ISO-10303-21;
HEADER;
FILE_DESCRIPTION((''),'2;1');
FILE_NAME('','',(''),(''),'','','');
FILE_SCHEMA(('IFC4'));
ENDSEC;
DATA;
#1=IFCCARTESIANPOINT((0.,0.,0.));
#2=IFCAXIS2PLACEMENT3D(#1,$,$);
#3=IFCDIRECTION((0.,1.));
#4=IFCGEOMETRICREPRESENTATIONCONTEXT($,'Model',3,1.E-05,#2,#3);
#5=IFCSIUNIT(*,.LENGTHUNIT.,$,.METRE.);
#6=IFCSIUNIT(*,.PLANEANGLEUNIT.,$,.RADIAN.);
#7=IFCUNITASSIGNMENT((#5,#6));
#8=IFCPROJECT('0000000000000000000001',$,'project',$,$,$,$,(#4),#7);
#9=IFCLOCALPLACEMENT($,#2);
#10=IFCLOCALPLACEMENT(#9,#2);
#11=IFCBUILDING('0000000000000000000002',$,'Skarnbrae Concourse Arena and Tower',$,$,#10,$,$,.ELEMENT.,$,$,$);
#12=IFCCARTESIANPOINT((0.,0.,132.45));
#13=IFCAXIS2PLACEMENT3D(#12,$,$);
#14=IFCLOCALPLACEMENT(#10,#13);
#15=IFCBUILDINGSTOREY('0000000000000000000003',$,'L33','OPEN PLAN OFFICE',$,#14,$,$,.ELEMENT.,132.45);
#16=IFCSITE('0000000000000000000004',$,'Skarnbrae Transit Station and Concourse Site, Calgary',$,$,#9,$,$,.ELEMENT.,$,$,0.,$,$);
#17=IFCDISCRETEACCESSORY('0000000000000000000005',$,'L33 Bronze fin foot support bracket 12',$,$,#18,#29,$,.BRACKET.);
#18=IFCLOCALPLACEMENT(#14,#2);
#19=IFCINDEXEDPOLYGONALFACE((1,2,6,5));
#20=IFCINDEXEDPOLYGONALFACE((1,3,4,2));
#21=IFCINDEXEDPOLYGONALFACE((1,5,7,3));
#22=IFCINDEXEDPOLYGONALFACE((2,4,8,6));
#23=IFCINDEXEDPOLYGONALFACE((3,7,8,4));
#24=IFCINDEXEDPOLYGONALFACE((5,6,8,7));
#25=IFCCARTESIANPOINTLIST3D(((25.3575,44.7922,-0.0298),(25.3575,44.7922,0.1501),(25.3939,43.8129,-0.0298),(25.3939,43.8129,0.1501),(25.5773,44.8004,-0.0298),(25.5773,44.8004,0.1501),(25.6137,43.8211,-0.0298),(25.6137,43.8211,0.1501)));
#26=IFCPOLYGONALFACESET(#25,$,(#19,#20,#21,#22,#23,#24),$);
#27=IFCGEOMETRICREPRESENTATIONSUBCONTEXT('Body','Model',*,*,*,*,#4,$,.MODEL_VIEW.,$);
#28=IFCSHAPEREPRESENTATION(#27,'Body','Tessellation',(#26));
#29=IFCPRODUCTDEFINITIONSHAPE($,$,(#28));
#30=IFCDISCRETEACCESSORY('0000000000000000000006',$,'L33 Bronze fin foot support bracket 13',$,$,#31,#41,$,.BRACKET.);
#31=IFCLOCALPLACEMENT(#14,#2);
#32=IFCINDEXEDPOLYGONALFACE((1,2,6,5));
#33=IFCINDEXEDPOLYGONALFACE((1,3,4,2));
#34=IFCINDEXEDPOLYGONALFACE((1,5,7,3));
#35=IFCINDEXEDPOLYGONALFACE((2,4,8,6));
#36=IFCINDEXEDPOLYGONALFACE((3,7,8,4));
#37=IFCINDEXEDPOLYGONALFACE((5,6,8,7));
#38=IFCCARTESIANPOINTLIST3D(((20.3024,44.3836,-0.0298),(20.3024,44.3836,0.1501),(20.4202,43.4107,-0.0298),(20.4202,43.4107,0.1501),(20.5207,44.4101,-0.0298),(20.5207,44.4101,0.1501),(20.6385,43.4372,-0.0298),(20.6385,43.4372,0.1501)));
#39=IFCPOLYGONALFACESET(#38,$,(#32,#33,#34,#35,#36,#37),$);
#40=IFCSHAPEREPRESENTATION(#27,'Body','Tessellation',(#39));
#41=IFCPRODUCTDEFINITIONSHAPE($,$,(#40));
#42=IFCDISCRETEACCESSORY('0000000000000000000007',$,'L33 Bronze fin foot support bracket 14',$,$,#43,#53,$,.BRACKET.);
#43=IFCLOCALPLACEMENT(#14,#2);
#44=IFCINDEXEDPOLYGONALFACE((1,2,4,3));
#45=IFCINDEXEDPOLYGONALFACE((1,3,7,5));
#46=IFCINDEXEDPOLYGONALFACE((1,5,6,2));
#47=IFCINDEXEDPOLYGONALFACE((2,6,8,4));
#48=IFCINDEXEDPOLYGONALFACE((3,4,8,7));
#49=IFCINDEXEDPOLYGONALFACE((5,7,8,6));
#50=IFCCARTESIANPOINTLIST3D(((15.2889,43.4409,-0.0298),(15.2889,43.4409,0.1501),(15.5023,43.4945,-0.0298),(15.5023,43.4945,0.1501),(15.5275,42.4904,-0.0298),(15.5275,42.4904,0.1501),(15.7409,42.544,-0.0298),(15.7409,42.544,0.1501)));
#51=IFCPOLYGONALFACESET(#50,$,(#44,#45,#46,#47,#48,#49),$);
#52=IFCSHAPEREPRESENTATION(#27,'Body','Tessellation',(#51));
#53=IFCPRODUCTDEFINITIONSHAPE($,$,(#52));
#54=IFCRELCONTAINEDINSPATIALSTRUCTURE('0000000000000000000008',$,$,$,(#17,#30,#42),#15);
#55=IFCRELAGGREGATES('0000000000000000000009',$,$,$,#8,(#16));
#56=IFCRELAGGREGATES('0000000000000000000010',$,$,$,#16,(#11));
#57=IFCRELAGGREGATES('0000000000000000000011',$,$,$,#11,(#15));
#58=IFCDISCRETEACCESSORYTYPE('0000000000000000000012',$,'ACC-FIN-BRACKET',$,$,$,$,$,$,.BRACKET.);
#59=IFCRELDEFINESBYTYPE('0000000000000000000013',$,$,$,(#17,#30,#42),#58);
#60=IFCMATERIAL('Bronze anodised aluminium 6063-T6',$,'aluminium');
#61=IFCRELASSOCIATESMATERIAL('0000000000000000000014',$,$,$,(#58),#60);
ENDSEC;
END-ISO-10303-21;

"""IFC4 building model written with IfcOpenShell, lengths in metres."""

from ifc_helpers import new_model, si_unit, direction, frame, origin, origin_2d, place, context, subcontext, project, spatial, rectangle, extrude, source, transform, mapped, material, type_object, element, save


model = new_model("IFC4")

# Units and contexts
model_context = context("Model", 3, precision=1e-05, world=origin(), true_north=direction((0.0, 1.0)))
body_context = subcontext(model_context, "Body", "Model", "MODEL_VIEW")
ifc_project = project(units=[si_unit("LENGTHUNIT", "METRE"), si_unit("PLANEANGLEUNIT", "RADIAN")], contexts=[model_context])

# Site, building, storey
site_placement = place(None, origin())
site = spatial("IfcSite", under=ifc_project, at=site_placement, Name="Skarnbrae Transit Station and Concourse Site, Calgary", CompositionType="ELEMENT", RefElevation=0.0)
building_placement = place(site_placement, origin())
building = spatial("IfcBuilding", under=site, at=building_placement, Name="Skarnbrae Concourse Arena and Tower", CompositionType="ELEMENT")
storey_placement = place(building_placement, frame((0.0, 0.0, 132.45)))
storey = spatial("IfcBuildingStorey", under=building, at=storey_placement, Name="L33", Description="OPEN PLAN OFFICE", CompositionType="ELEMENT", Elevation=132.45)

# Shared definitions
ifc_material_1 = material(Name="Bronze anodised aluminium 6063-T6", Category="aluminium")

# Discrete accessories
discrete_accessory_type = type_object("IfcDiscreteAccessoryType", Name="ACC-FIN-BRACKET", PredefinedType="BRACKET", material=ifc_material_1)
shared_shape_1 = source(origin(), body_context, "Body", "SweptSolid", [
    extrude(rectangle(XDim=0.22, YDim=0.98, at=origin_2d()), origin(), (0.0, 0.0, 1.0), 0.1799),
])
for number, where, z_axis, x_axis, name in (
    (1, (25.4856, 44.3066, -0.0298), (0.0, 0.0, 1.0), (0.999308, 0.037184, 0.0), "L33 Bronze fin foot support bracket 12"),
    (2, (20.4705, 43.9104, -0.0298), (0.0, 0.0, 1.0), (0.992749, 0.120206, 0.0), "L33 Bronze fin foot support bracket 13"),
    (3, (15.5149, 42.9924, -0.0298), (0.0, 0.0, 1.0), (0.969902, 0.243497, 0.0), "L33 Bronze fin foot support bracket 14"),
):
    element("IfcDiscreteAccessory", number, at=place(storey_placement, frame(where, z_axis=z_axis, x_axis=x_axis)), inside=storey, type_object=discrete_accessory_type, Name=name, PredefinedType="BRACKET", context=body_context, shape_type="MappedRepresentation", body=[
        mapped(shared_shape_1, transform((0.0, 0.0, 0.0))),
    ])

save(model, "model.ifc")
